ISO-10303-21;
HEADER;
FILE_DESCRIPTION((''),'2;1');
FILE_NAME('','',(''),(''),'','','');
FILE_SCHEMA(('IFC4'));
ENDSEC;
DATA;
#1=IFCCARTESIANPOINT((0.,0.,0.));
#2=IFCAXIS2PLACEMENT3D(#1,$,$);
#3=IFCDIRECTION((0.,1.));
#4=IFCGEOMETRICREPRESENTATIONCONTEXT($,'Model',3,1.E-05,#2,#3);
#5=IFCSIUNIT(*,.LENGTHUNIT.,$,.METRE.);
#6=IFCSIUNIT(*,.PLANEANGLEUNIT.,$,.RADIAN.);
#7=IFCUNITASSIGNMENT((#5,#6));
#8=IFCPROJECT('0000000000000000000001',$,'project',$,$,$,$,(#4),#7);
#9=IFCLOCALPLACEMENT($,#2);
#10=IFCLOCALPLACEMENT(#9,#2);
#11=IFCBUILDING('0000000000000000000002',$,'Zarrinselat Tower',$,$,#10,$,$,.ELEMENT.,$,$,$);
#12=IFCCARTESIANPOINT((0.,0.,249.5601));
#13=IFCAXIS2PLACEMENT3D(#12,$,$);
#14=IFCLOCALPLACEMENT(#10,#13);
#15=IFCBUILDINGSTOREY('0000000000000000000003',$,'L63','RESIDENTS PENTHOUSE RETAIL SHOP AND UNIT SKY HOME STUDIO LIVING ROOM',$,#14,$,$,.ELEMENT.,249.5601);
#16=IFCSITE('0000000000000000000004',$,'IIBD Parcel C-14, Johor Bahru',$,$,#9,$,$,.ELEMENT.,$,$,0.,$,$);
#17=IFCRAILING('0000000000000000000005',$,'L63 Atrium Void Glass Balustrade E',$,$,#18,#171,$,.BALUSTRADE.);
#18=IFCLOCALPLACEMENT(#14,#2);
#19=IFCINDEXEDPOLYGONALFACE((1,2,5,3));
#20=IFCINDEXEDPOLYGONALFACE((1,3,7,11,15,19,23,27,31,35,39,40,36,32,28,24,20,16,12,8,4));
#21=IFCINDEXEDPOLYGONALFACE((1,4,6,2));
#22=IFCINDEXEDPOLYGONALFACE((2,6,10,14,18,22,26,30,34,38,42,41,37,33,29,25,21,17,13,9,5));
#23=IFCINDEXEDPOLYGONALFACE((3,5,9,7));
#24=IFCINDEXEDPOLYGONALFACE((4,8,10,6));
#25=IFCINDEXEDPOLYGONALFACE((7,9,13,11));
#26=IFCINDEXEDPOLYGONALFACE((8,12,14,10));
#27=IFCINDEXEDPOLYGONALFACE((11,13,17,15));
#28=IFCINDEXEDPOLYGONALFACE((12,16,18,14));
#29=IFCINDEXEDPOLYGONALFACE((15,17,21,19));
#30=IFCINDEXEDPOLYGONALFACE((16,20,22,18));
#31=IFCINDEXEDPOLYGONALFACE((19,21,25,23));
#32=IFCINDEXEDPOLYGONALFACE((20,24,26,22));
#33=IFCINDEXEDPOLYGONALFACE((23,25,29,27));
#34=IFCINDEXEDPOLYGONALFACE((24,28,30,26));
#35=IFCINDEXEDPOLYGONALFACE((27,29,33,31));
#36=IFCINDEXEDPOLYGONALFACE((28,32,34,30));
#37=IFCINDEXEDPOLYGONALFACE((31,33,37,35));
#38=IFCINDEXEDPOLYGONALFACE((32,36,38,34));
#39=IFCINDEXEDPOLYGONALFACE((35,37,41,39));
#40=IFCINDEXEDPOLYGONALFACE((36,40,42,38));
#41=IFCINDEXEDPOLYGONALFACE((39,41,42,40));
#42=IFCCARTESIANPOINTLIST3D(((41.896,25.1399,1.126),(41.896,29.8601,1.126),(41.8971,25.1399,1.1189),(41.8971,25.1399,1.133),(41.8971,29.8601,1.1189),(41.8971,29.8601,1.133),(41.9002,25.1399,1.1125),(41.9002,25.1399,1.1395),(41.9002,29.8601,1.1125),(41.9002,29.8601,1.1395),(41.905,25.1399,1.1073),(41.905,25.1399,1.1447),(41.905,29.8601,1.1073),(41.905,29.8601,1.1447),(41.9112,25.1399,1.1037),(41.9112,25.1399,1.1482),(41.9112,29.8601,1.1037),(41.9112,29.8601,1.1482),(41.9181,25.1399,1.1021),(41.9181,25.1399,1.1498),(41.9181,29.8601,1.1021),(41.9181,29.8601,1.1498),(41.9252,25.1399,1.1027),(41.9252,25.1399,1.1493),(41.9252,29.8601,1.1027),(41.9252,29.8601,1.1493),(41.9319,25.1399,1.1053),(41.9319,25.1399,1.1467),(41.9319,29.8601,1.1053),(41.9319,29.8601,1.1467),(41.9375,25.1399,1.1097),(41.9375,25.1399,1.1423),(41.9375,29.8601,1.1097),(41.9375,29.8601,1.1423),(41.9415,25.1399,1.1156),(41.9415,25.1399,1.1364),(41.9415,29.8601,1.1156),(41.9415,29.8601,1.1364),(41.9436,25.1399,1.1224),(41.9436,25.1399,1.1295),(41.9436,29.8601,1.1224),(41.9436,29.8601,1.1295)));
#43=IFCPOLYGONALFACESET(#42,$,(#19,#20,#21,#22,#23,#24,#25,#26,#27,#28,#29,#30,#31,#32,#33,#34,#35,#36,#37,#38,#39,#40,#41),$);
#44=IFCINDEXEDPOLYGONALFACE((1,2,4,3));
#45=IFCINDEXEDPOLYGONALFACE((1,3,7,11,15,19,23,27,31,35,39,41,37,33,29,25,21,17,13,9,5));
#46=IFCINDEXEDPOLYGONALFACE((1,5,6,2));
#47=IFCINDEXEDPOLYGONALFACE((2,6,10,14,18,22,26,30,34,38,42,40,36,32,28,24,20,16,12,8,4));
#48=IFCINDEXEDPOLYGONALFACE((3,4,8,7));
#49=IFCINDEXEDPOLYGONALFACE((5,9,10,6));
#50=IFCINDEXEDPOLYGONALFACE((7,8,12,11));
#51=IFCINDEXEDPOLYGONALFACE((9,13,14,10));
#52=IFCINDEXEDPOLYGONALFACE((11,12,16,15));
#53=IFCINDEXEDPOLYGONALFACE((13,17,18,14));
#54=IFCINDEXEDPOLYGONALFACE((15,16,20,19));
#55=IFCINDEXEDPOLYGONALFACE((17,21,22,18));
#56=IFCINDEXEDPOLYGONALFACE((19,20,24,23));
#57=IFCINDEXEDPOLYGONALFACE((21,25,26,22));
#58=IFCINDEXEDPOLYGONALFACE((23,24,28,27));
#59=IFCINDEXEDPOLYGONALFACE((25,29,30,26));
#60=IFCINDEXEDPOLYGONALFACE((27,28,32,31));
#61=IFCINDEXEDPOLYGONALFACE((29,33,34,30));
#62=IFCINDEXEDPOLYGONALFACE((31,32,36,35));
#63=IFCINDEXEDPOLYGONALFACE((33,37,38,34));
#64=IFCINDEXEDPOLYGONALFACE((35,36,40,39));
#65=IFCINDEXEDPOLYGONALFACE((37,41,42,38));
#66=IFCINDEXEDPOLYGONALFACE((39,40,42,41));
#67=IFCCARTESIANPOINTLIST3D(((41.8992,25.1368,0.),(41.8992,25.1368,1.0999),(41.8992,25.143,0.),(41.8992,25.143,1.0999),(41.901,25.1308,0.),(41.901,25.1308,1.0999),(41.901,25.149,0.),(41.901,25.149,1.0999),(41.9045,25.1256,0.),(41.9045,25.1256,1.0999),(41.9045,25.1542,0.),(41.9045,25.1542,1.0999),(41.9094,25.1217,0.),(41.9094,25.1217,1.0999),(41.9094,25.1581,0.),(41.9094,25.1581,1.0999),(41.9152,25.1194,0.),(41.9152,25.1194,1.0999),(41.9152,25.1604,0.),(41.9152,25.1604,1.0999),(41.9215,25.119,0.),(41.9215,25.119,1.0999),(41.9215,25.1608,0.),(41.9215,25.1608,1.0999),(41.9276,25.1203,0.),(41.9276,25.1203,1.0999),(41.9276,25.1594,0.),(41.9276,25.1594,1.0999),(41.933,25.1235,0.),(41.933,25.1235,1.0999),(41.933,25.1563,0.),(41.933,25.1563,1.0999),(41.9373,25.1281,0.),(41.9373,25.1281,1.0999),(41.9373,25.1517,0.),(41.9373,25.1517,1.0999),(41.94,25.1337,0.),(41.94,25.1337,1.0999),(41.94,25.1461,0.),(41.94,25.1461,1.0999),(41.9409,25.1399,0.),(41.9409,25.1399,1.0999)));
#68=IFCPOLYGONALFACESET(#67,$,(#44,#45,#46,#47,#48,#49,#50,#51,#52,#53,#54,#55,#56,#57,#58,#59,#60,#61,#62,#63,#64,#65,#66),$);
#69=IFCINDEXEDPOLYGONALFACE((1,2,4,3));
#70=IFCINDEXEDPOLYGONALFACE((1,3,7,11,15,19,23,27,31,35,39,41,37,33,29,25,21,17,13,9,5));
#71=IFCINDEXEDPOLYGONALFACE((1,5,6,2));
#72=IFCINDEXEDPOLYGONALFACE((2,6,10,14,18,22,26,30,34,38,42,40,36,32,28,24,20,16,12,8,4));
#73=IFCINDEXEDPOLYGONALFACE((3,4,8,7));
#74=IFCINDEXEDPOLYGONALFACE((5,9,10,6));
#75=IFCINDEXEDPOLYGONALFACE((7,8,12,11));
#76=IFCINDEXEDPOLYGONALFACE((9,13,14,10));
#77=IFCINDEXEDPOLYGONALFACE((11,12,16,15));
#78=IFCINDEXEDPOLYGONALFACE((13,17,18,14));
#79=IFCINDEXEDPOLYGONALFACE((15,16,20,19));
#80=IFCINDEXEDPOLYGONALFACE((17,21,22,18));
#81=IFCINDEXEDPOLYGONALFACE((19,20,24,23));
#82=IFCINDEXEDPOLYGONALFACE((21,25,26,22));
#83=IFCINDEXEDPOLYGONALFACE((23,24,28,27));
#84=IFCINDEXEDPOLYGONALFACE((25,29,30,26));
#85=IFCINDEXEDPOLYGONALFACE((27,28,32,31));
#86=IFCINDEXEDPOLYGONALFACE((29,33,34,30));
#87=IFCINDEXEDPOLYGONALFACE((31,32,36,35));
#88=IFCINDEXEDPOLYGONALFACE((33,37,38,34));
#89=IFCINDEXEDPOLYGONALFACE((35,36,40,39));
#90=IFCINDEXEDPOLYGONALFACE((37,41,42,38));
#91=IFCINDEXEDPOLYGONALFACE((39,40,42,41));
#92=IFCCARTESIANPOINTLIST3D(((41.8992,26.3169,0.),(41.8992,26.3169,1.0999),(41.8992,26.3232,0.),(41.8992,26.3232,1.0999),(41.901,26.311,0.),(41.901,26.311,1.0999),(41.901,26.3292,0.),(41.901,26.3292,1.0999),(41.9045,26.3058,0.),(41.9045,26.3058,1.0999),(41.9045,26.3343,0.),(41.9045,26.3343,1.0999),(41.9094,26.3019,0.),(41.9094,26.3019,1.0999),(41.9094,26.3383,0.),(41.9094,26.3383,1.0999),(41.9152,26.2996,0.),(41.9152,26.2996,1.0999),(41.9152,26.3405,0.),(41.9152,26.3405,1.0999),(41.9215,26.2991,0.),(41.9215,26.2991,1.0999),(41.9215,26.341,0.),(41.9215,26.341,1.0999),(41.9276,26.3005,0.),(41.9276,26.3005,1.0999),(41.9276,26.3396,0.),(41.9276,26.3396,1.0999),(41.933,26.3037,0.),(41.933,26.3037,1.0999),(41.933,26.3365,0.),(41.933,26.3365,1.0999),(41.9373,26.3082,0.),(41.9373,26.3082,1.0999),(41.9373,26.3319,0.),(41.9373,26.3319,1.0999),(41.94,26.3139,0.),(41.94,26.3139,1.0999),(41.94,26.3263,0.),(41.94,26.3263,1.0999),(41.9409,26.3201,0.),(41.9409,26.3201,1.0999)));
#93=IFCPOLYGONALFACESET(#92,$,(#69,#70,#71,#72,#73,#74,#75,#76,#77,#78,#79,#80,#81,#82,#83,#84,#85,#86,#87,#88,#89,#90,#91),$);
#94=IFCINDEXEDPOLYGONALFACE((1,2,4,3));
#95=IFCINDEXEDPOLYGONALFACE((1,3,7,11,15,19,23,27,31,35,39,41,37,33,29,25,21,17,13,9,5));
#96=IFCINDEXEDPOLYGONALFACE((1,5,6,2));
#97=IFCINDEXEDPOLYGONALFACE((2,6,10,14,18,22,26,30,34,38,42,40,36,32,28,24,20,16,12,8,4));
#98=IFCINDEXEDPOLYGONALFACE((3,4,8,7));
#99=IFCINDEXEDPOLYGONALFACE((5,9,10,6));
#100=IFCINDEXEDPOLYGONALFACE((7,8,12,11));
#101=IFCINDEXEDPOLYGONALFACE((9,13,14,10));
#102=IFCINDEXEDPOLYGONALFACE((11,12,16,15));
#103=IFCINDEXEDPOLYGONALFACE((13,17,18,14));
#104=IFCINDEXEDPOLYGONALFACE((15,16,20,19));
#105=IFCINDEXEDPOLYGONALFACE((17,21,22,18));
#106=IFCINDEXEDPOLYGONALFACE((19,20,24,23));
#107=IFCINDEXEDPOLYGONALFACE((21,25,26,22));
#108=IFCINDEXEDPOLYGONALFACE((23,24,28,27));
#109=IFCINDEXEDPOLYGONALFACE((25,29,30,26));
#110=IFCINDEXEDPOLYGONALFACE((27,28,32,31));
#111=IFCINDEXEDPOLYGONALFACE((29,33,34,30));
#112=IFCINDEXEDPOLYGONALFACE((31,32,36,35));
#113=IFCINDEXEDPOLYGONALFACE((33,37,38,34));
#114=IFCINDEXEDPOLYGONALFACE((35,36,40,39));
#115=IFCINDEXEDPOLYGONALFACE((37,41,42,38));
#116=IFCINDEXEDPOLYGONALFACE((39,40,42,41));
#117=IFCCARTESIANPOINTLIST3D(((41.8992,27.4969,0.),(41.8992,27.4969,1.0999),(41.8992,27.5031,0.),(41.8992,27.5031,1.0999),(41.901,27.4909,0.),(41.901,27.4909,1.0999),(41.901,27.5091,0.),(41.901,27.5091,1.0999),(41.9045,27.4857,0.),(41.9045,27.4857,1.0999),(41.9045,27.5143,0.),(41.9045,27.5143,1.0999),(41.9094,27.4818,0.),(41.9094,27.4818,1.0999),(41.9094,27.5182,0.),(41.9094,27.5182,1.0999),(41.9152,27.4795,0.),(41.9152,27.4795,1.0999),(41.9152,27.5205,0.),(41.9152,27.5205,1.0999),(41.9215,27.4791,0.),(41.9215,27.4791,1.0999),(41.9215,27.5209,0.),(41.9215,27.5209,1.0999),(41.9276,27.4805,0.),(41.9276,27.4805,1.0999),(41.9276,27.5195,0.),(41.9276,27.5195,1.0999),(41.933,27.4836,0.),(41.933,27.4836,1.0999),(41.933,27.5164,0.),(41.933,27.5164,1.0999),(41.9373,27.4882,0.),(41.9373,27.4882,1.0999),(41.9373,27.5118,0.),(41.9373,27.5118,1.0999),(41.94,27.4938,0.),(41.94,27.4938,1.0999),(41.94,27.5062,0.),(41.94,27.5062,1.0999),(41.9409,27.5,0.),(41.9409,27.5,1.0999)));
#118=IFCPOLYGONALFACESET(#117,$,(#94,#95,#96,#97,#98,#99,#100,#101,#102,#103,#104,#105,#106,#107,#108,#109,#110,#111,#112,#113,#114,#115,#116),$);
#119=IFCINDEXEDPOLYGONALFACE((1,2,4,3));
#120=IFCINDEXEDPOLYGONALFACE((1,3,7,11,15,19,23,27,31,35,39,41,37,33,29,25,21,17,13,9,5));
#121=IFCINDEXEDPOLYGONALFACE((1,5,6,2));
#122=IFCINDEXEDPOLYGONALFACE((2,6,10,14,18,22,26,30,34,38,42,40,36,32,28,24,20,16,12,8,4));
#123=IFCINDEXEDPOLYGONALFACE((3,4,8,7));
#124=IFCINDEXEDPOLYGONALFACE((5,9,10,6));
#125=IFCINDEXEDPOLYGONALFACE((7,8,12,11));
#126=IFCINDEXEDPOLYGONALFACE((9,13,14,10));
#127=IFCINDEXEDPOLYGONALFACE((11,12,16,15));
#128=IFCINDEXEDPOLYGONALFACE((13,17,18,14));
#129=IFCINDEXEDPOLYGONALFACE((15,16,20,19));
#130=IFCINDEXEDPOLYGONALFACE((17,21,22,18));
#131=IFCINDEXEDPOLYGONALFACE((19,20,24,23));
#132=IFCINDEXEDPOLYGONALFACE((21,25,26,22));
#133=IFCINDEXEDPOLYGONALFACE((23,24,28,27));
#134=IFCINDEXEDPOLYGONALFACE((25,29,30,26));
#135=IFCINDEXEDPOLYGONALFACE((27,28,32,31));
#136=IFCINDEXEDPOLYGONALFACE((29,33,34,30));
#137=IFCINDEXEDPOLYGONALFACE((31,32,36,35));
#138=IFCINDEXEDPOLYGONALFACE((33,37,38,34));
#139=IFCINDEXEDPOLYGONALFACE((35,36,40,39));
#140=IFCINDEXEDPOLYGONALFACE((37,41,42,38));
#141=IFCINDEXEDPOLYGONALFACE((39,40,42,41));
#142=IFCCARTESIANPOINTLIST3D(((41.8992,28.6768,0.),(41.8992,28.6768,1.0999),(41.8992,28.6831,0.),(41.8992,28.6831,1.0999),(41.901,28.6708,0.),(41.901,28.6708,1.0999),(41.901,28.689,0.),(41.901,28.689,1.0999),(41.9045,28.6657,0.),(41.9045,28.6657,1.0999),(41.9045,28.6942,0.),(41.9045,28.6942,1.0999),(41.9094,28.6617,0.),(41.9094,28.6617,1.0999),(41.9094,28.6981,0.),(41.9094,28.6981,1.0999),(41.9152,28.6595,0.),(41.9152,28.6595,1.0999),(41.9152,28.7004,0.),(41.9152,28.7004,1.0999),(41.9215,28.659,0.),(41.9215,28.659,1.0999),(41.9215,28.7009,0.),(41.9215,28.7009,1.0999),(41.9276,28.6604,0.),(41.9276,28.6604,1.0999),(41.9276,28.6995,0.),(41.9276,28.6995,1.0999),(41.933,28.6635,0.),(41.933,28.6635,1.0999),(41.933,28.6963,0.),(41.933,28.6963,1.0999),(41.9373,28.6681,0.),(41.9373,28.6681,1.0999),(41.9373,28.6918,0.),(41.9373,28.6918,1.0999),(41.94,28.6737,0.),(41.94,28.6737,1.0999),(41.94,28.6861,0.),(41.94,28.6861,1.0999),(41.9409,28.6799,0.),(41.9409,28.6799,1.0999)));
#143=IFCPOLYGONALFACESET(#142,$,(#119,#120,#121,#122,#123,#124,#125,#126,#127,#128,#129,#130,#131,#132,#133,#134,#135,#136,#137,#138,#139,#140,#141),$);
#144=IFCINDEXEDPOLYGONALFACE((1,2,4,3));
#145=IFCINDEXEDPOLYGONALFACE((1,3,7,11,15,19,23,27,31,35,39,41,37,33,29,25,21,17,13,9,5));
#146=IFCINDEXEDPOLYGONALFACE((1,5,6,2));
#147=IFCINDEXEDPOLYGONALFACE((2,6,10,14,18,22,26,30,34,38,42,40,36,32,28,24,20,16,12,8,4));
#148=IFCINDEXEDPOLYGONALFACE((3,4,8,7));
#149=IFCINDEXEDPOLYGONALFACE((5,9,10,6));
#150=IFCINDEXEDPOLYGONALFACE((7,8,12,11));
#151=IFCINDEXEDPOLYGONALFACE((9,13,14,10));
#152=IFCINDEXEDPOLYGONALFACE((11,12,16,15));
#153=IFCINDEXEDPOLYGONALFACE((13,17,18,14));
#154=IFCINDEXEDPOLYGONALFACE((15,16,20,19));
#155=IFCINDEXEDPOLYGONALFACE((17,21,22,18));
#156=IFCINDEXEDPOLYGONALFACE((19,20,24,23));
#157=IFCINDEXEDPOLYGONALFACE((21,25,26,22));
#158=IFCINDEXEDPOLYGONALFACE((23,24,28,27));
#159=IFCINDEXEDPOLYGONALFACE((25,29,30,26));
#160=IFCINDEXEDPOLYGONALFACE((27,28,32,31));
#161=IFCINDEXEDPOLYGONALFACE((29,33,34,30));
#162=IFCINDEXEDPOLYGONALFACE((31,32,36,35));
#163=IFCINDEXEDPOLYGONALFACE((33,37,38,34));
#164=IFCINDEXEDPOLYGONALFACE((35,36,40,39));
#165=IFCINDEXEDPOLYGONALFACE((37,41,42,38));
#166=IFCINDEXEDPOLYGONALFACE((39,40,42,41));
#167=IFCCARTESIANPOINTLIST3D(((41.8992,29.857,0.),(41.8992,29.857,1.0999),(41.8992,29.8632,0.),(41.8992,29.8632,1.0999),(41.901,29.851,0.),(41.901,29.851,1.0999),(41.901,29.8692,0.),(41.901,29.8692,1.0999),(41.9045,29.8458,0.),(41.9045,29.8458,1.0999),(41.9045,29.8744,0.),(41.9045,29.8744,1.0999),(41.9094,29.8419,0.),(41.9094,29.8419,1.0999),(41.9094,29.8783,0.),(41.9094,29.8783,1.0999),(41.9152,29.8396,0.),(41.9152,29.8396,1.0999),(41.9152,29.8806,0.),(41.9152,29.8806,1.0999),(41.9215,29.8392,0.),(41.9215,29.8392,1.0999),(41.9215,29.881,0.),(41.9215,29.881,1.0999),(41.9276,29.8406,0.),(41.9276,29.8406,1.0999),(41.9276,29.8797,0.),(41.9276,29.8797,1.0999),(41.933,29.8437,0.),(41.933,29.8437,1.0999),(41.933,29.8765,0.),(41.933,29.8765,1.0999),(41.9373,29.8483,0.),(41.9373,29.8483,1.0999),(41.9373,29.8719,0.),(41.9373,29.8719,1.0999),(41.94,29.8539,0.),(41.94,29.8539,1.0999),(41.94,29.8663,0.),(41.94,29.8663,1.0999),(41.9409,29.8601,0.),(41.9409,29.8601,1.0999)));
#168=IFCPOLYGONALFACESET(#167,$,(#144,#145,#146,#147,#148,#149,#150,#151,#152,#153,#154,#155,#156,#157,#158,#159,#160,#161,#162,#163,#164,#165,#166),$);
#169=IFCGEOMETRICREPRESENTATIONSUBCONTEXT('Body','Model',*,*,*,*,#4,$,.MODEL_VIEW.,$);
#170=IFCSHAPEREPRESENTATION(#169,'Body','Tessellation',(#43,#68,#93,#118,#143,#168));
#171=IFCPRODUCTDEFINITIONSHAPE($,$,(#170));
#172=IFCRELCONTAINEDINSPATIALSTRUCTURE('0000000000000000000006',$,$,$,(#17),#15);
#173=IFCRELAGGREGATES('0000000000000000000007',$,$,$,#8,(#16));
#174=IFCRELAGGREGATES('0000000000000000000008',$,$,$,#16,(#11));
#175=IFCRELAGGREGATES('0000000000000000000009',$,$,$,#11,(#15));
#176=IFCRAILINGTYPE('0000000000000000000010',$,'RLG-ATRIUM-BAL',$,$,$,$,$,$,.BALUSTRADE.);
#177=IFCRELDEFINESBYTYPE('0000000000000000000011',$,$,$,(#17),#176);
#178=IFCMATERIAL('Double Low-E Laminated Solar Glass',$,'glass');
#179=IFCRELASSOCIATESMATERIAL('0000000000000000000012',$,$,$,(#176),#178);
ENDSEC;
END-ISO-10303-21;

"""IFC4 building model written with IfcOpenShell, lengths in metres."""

from ifc_helpers import new_model, si_unit, direction, frame, origin, origin_2d, place, context, subcontext, project, spatial, circle, extrude, material, type_object, element, save


model = new_model("IFC4")

# Units and contexts
model_context = context("Model", 3, precision=1e-05, world=origin(), true_north=direction((0.0, 1.0)))
body_context = subcontext(model_context, "Body", "Model", "MODEL_VIEW")
ifc_project = project(units=[si_unit("LENGTHUNIT", "METRE"), si_unit("PLANEANGLEUNIT", "RADIAN")], contexts=[model_context])

# Site, building, storey
site_placement = place(None, origin())
site = spatial("IfcSite", under=ifc_project, at=site_placement, Name="IIBD Parcel C-14, Johor Bahru", CompositionType="ELEMENT", RefElevation=0.0)
building_placement = place(site_placement, origin())
building = spatial("IfcBuilding", under=site, at=building_placement, Name="Zarrinselat Tower", CompositionType="ELEMENT")
storey_placement = place(building_placement, frame((0.0, 0.0, 249.5601)))
storey = spatial("IfcBuildingStorey", under=building, at=storey_placement, Name="L63", Description="RESIDENTS PENTHOUSE RETAIL SHOP AND UNIT SKY HOME STUDIO LIVING ROOM", CompositionType="ELEMENT", Elevation=249.5601)

# Railing
ifc_material_1 = material(Name="Double Low-E Laminated Solar Glass", Category="glass")
railing_type_1 = type_object("IfcRailingType", Name="RLG-ATRIUM-BAL", PredefinedType="BALUSTRADE", material=ifc_material_1)
railing_1_placement = place(storey_placement, frame((41.9199, 25.1399, 0.0)))
element("IfcRailing", 1, at=railing_1_placement, inside=storey, type_object=railing_type_1, Name="L63 Atrium Void Glass Balustrade E", PredefinedType="BALUSTRADE", context=body_context, shape_type="SweptSolid", body=[
    extrude(circle(Radius=0.0239, at=origin_2d()), frame((0.0, 0.0, 1.126), z_axis=(0.0, 1.0, 0.0), x_axis=(-1.0, 0.0, 0.0)), (0.0, 0.0, 1.0), 4.7202),
    extrude(circle(Radius=0.021, at=origin_2d()), origin(), (0.0, 0.0, 1.0), 1.0999),
    extrude(circle(Radius=0.021, at=origin_2d()), frame((0.0, 1.1802, 0.0)), (0.0, 0.0, 1.0), 1.0999),
    extrude(circle(Radius=0.021, at=origin_2d()), frame((0.0, 2.3601, 0.0)), (0.0, 0.0, 1.0), 1.0999),
    extrude(circle(Radius=0.021, at=origin_2d()), frame((0.0, 3.54, 0.0)), (0.0, 0.0, 1.0), 1.0999),
    extrude(circle(Radius=0.021, at=origin_2d()), frame((0.0, 4.7202, 0.0)), (0.0, 0.0, 1.0), 1.0999),
])

save(model, "model.ifc")
